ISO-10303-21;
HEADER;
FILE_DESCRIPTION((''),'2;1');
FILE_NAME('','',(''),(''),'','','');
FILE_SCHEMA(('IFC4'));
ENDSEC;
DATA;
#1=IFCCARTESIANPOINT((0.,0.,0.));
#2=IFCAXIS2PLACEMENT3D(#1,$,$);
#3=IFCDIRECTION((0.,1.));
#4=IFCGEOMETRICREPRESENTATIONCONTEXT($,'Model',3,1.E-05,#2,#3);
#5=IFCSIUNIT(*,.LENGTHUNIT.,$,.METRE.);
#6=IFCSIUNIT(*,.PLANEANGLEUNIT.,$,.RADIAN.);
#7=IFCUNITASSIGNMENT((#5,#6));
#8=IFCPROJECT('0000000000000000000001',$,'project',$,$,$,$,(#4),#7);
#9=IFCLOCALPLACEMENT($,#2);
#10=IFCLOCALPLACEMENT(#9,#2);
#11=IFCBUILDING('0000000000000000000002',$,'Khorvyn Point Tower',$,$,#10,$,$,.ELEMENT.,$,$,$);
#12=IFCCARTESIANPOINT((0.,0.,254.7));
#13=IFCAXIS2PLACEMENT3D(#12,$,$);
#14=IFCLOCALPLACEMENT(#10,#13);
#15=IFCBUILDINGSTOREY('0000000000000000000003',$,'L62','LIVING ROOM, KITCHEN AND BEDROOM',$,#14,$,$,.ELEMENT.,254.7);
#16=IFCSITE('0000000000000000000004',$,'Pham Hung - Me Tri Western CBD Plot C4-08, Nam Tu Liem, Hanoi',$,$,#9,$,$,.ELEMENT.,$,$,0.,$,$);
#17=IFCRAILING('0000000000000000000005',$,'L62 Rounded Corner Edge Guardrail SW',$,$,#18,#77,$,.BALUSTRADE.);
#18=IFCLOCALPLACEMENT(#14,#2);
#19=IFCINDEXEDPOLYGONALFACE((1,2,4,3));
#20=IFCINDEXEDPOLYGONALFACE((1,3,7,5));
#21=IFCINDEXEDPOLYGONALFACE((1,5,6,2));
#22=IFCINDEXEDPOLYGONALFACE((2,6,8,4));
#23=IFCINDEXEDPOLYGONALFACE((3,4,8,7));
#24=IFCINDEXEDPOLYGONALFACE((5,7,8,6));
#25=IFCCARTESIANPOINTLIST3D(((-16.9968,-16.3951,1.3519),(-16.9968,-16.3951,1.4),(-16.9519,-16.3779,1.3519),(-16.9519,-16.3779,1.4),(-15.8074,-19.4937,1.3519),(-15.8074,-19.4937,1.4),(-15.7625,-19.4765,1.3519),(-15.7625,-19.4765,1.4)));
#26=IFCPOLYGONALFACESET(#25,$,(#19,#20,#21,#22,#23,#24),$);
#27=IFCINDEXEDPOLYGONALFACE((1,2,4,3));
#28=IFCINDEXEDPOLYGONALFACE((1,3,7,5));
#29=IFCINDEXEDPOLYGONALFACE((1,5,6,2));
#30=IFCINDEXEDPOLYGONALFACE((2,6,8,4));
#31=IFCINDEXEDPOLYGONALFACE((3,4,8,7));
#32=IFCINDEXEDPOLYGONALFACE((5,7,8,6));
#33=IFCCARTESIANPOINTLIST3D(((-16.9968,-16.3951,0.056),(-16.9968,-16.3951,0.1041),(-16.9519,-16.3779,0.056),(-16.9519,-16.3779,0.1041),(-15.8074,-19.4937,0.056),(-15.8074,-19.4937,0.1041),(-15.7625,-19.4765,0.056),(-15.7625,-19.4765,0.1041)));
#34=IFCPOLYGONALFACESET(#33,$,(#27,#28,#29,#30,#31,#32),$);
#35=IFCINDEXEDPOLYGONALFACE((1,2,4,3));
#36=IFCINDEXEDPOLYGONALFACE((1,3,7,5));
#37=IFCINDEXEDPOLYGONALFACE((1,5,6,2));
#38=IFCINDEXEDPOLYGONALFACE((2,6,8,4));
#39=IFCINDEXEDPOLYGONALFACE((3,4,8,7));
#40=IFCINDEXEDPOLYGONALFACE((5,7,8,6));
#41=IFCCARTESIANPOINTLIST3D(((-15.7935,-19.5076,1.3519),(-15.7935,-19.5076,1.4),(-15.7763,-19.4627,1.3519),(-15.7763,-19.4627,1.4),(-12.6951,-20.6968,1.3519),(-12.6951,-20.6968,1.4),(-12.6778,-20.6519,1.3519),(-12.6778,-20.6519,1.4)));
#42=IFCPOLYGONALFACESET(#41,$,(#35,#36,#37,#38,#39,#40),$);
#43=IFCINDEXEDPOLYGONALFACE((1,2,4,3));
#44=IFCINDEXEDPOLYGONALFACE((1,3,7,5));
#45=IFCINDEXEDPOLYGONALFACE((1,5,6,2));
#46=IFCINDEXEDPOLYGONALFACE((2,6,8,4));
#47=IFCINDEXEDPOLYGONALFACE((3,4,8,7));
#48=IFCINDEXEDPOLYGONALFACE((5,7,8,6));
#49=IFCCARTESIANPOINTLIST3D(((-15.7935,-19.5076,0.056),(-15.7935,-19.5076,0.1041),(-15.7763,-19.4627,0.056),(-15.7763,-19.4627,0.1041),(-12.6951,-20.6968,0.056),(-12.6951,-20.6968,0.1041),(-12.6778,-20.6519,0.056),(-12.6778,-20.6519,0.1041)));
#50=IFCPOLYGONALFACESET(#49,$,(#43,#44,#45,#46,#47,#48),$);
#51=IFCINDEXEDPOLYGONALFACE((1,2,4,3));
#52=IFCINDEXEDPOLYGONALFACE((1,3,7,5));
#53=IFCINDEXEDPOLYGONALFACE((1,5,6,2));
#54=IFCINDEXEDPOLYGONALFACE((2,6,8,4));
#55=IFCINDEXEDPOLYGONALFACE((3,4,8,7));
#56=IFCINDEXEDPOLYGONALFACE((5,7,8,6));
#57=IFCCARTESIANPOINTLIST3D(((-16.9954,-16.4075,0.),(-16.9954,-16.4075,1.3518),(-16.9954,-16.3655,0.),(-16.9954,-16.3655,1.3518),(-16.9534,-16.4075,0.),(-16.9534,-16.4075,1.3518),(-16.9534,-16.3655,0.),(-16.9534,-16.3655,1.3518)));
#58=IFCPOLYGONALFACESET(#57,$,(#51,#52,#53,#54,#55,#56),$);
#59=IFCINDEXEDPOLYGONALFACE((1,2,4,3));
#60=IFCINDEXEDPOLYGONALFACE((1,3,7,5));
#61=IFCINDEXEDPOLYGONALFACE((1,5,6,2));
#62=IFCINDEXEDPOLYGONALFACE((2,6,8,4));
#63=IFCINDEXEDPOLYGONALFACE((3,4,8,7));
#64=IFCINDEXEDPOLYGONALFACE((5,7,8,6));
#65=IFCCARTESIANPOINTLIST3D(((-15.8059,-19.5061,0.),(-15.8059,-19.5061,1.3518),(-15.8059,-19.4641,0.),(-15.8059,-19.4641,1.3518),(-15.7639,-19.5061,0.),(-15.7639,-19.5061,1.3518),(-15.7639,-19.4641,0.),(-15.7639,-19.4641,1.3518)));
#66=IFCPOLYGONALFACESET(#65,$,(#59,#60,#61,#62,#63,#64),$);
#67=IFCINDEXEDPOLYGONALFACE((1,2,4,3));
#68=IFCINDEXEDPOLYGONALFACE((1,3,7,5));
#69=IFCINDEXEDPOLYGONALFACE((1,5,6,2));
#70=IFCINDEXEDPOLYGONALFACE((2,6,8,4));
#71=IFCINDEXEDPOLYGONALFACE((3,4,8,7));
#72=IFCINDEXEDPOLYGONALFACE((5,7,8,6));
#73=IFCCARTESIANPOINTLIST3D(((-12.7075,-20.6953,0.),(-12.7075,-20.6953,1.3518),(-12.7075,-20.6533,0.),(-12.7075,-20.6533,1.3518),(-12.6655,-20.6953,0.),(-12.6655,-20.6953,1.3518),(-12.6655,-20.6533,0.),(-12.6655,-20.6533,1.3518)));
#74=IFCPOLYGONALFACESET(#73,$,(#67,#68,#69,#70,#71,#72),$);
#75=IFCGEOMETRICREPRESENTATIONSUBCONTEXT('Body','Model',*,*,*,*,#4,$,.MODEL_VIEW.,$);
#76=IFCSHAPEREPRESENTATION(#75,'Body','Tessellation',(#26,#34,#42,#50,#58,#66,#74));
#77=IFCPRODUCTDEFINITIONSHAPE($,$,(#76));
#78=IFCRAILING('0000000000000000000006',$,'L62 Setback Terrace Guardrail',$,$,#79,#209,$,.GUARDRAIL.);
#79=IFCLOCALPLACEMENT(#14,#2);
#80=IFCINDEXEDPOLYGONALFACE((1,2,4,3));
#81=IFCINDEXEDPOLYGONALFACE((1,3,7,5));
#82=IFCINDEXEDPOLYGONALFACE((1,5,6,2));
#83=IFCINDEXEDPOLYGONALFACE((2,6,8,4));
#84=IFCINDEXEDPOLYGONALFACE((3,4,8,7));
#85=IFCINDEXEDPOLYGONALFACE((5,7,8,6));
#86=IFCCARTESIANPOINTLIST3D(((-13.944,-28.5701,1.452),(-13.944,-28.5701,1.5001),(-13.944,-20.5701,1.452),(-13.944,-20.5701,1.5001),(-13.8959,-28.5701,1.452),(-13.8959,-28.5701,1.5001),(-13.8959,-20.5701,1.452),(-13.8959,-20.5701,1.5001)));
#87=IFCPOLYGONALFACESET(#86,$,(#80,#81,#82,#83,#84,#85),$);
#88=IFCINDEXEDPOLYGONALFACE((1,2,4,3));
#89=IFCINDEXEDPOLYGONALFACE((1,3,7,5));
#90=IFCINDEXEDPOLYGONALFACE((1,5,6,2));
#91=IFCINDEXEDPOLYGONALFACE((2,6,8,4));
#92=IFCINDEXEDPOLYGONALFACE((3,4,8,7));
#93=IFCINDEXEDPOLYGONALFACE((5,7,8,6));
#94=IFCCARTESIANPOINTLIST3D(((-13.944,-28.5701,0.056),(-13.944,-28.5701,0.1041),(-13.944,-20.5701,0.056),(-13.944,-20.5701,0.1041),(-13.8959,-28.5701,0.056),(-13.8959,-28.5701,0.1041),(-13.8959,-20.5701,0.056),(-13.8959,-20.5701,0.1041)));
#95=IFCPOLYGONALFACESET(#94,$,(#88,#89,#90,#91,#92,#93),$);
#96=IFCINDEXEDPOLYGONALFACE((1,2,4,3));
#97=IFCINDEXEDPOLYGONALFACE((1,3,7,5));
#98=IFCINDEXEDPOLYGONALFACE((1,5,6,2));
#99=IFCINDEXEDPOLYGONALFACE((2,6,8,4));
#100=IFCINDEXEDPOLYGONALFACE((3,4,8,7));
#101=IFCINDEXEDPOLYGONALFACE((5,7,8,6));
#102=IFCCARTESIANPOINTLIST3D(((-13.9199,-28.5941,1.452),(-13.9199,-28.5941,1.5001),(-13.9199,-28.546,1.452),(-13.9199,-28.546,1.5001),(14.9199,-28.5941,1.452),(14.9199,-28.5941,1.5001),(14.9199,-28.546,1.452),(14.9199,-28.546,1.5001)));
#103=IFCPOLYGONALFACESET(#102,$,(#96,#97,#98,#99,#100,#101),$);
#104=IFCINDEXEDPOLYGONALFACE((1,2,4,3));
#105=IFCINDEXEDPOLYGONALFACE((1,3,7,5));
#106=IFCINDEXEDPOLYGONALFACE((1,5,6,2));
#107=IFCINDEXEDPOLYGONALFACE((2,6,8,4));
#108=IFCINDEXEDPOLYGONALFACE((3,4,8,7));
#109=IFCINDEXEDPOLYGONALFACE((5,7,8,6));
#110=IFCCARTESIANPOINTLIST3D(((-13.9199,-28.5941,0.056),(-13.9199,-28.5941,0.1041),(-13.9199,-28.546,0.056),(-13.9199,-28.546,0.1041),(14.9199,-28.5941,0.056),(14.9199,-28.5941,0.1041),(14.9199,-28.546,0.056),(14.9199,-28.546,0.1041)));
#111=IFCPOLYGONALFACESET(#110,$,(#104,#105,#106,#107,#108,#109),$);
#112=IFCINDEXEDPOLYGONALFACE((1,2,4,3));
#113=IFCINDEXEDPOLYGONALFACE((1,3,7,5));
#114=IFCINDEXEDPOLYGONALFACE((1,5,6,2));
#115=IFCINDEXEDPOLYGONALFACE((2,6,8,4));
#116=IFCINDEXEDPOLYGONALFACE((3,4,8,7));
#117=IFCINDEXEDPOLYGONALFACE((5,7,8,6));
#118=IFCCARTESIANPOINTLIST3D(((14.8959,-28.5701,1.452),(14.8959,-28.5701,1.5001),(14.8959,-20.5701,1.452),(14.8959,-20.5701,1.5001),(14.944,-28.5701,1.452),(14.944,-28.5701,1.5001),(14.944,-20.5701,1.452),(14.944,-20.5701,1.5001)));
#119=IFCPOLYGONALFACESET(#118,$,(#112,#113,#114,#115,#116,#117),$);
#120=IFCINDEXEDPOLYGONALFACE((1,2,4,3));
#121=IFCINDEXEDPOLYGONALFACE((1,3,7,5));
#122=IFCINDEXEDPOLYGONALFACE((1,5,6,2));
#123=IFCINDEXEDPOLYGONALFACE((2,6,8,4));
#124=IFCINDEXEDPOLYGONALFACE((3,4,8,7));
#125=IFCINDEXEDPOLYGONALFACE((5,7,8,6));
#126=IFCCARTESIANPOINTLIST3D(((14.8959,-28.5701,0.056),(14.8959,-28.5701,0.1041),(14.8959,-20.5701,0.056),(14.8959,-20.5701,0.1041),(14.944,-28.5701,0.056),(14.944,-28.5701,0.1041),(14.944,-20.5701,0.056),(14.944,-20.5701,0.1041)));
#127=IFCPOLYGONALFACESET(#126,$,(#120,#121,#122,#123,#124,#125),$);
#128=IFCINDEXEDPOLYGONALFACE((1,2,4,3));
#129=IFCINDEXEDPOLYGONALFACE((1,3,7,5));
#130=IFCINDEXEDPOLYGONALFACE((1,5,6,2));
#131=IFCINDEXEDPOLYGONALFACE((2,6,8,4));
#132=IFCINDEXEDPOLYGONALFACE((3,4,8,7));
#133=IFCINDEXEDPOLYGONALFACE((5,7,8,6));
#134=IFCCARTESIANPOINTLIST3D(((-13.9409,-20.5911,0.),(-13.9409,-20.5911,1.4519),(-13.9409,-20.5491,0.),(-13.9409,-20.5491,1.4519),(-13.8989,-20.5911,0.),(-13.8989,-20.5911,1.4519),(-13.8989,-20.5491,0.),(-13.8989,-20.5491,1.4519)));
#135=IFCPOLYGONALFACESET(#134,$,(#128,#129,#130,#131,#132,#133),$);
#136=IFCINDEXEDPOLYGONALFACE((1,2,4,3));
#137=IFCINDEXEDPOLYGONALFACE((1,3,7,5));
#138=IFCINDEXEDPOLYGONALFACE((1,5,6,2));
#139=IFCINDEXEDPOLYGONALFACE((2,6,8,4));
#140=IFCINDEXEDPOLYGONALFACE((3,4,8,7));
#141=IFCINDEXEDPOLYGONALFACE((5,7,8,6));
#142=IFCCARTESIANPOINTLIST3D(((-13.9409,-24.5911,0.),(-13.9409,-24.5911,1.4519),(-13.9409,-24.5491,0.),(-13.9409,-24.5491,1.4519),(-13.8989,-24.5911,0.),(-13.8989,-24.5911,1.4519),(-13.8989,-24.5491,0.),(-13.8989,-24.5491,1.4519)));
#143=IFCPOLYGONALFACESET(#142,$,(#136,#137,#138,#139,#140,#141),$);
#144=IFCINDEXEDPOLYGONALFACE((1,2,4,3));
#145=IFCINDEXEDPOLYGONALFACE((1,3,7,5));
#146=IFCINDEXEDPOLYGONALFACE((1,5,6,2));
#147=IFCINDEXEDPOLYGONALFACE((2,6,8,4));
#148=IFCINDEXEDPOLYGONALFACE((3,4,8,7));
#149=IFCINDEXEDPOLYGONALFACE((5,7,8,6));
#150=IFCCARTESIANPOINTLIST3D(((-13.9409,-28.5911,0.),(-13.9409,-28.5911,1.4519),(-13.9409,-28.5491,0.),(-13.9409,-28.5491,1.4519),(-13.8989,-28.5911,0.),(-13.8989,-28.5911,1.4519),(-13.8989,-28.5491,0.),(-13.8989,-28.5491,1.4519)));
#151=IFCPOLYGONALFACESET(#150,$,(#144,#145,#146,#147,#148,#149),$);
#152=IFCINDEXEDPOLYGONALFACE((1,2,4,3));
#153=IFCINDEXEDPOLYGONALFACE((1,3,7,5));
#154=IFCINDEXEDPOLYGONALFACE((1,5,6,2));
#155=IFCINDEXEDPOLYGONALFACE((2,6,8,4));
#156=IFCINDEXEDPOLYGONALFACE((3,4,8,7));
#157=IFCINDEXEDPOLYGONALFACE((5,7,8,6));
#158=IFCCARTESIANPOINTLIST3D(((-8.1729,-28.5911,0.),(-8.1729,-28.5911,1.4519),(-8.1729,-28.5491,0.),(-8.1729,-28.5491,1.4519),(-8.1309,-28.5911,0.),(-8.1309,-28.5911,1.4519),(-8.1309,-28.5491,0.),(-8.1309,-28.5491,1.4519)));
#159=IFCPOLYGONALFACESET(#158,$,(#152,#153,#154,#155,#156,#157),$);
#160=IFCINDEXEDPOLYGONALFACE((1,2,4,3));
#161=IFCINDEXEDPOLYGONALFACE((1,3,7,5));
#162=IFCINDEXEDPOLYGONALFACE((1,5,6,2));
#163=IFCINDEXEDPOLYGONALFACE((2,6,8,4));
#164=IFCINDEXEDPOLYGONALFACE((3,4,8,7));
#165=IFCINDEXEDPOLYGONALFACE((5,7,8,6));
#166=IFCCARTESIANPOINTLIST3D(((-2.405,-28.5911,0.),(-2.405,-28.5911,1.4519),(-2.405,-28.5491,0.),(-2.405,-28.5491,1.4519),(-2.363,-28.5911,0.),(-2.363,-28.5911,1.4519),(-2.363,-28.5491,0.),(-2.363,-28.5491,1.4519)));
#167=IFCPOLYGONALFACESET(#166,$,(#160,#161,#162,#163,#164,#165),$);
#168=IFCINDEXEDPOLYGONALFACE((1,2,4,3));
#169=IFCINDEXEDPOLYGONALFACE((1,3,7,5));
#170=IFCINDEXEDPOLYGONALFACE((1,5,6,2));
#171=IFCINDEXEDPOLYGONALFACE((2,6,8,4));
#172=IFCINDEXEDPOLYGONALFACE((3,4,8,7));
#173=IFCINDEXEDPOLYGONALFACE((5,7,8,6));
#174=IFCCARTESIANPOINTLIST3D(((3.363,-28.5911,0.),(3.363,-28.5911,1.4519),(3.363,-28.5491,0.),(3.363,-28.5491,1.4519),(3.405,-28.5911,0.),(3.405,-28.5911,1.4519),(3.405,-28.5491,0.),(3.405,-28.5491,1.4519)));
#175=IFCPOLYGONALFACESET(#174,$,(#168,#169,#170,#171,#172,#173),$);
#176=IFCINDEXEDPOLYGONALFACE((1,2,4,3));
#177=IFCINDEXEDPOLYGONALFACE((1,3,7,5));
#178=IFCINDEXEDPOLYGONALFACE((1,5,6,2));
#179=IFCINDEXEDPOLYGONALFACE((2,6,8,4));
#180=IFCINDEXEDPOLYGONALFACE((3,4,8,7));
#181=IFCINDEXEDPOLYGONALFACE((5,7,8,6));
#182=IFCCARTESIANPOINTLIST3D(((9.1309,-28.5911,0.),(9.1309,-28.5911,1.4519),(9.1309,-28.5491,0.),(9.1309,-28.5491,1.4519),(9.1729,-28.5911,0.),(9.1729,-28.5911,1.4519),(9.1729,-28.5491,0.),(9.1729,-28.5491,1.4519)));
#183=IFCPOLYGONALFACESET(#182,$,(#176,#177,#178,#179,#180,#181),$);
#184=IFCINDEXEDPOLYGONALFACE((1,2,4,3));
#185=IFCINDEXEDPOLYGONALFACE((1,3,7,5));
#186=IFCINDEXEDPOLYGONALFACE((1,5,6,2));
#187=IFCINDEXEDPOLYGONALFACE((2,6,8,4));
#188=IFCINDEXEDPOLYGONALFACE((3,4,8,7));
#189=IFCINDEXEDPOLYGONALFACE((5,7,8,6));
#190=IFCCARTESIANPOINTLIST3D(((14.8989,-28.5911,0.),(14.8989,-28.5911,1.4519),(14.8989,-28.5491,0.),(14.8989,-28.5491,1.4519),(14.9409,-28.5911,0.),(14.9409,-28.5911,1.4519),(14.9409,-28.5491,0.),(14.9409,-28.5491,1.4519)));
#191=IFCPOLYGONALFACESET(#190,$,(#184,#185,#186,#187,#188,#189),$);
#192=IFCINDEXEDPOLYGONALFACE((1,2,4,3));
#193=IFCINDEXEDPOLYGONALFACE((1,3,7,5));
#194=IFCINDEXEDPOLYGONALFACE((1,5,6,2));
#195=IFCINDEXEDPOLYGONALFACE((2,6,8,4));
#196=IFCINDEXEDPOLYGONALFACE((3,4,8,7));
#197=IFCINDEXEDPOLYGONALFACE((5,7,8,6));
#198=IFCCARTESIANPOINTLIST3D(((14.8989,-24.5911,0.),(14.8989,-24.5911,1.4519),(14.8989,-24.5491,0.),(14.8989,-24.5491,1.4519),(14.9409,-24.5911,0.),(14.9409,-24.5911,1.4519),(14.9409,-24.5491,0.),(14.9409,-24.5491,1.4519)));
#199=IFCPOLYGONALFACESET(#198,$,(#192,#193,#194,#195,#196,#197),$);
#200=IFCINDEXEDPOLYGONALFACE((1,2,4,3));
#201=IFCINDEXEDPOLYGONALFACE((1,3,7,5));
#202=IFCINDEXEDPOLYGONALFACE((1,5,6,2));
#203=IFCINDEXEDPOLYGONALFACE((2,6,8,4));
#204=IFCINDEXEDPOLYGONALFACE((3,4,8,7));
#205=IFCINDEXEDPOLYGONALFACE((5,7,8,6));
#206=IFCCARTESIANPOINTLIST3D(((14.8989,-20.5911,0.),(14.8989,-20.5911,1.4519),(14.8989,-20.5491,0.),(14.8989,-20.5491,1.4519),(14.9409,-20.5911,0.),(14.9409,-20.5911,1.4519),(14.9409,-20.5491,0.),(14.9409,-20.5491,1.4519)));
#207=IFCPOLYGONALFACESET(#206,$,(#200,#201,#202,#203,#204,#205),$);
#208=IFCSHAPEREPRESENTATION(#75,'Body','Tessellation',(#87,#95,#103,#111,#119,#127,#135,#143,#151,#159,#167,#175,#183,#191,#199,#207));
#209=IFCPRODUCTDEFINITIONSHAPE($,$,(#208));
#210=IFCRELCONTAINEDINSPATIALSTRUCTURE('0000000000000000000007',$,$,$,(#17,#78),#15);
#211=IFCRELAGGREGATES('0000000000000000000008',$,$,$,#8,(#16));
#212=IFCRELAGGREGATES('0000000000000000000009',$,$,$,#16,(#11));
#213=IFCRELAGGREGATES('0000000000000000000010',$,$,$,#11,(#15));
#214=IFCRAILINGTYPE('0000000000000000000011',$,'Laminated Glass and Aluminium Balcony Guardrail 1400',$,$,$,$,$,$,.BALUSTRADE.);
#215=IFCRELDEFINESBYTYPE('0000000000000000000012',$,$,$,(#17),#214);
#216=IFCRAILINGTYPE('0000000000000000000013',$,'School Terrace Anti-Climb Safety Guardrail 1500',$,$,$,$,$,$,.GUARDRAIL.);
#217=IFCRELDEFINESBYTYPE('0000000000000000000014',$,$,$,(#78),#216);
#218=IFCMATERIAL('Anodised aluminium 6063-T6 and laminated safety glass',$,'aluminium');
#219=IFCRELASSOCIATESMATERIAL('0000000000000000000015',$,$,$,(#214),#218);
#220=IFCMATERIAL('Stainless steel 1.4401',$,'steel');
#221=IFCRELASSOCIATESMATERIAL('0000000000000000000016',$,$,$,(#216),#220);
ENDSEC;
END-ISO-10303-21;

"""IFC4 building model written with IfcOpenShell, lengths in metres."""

from ifc_helpers import new_model, si_unit, direction, frame, origin, origin_2d, place, context, subcontext, project, spatial, rectangle, extrude, material, type_object, element, save


model = new_model("IFC4")

# Units and contexts
model_context = context("Model", 3, precision=1e-05, world=origin(), true_north=direction((0.0, 1.0)))
body_context = subcontext(model_context, "Body", "Model", "MODEL_VIEW")
ifc_project = project(units=[si_unit("LENGTHUNIT", "METRE"), si_unit("PLANEANGLEUNIT", "RADIAN")], contexts=[model_context])

# Site, building, storey
site_placement = place(None, origin())
site = spatial("IfcSite", under=ifc_project, at=site_placement, Name="Pham Hung - Me Tri Western CBD Plot C4-08, Nam Tu Liem, Hanoi", CompositionType="ELEMENT", RefElevation=0.0)
building_placement = place(site_placement, origin())
building = spatial("IfcBuilding", under=site, at=building_placement, Name="Khorvyn Point Tower", CompositionType="ELEMENT")
storey_placement = place(building_placement, frame((0.0, 0.0, 254.7)))
storey = spatial("IfcBuildingStorey", under=building, at=storey_placement, Name="L62", Description="LIVING ROOM, KITCHEN AND BEDROOM", CompositionType="ELEMENT", Elevation=254.7)

# Railings
ifc_material_1 = material(Name="Anodised aluminium 6063-T6 and laminated safety glass", Category="aluminium")
railing_type_1 = type_object("IfcRailingType", Name="Laminated Glass and Aluminium Balcony Guardrail 1400", PredefinedType="BALUSTRADE", material=ifc_material_1)
railing_1_placement = place(storey_placement, frame((-16.9744, -16.3865, 0.0)))
element("IfcRailing", 1, at=railing_1_placement, inside=storey, type_object=railing_type_1, Name="L62 Rounded Corner Edge Guardrail SW", PredefinedType="BALUSTRADE", context=body_context, shape_type="SweptSolid", body=[
    extrude(rectangle(XDim=0.0481, YDim=0.0481, at=origin_2d()), frame((0.0, 0.0, 1.376), z_axis=(0.358368, -0.93358, 0.0), x_axis=(0.93358, 0.358368, 0.0)), (0.0, 0.0, 1.0), 3.3191),
    extrude(rectangle(XDim=0.0481, YDim=0.0481, at=origin_2d()), frame((0.0, 0.0, 0.0801), z_axis=(0.358368, -0.93358, 0.0), x_axis=(0.93358, 0.358368, 0.0)), (0.0, 0.0, 1.0), 3.3191),
    extrude(rectangle(XDim=0.0481, YDim=0.0481, at=origin_2d()), frame((1.1895, -3.0986, 1.376), z_axis=(0.933596, -0.358328, 0.0), x_axis=(0.358328, 0.933596, 0.0)), (0.0, 0.0, 1.0), 3.3188),
    extrude(rectangle(XDim=0.0481, YDim=0.0481, at=origin_2d()), frame((1.1895, -3.0986, 0.0801), z_axis=(0.933596, -0.358328, 0.0), x_axis=(0.358328, 0.933596, 0.0)), (0.0, 0.0, 1.0), 3.3188),
    extrude(rectangle(XDim=0.042, YDim=0.042, at=origin_2d()), origin(), (0.0, 0.0, 1.0), 1.3518),
    extrude(rectangle(XDim=0.042, YDim=0.042, at=origin_2d()), frame((1.1895, -3.0986, 0.0)), (0.0, 0.0, 1.0), 1.3518),
    extrude(rectangle(XDim=0.042, YDim=0.042, at=origin_2d()), frame((4.2878, -4.2878, 0.0)), (0.0, 0.0, 1.0), 1.3518),
])
ifc_material_2 = material(Name="Stainless steel 1.4401", Category="steel")
railing_type_2 = type_object("IfcRailingType", Name="School Terrace Anti-Climb Safety Guardrail 1500", PredefinedType="GUARDRAIL", material=ifc_material_2)
railing_2_placement = place(storey_placement, frame((-13.9199, -20.5701, 0.0)))
element("IfcRailing", 2, at=railing_2_placement, inside=storey, type_object=railing_type_2, Name="L62 Setback Terrace Guardrail", PredefinedType="GUARDRAIL", context=body_context, shape_type="SweptSolid", body=[
    extrude(rectangle(XDim=0.0481, YDim=0.0481, at=origin_2d()), frame((0.0, 0.0, 1.4761), z_axis=(0.0, -1.0, 0.0), x_axis=(1.0, 0.0, 0.0)), (0.0, 0.0, 1.0), 8.0),
    extrude(rectangle(XDim=0.0481, YDim=0.0481, at=origin_2d()), frame((0.0, 0.0, 0.0801), z_axis=(0.0, -1.0, 0.0), x_axis=(1.0, 0.0, 0.0)), (0.0, 0.0, 1.0), 8.0),
    extrude(rectangle(XDim=0.0481, YDim=0.0481, at=origin_2d()), frame((0.0, -8.0, 1.4761), z_axis=(1.0, 0.0, 0.0), x_axis=(0.0, 1.0, 0.0)), (0.0, 0.0, 1.0), 28.8398),
    extrude(rectangle(XDim=0.0481, YDim=0.0481, at=origin_2d()), frame((0.0, -8.0, 0.0801), z_axis=(1.0, 0.0, 0.0), x_axis=(0.0, 1.0, 0.0)), (0.0, 0.0, 1.0), 28.8398),
    extrude(rectangle(XDim=0.0481, YDim=0.0481, at=origin_2d()), frame((28.8398, -8.0, 1.4761), z_axis=(0.0, 1.0, 0.0), x_axis=(-1.0, 0.0, 0.0)), (0.0, 0.0, 1.0), 8.0),
    extrude(rectangle(XDim=0.0481, YDim=0.0481, at=origin_2d()), frame((28.8398, -8.0, 0.0801), z_axis=(0.0, 1.0, 0.0), x_axis=(-1.0, 0.0, 0.0)), (0.0, 0.0, 1.0), 8.0),
    extrude(rectangle(XDim=0.042, YDim=0.042, at=origin_2d()), origin(), (0.0, 0.0, 1.0), 1.4519),
    extrude(rectangle(XDim=0.042, YDim=0.042, at=origin_2d()), frame((0.0, -4.0, 0.0)), (0.0, 0.0, 1.0), 1.4519),
    extrude(rectangle(XDim=0.042, YDim=0.042, at=origin_2d()), frame((0.0, -8.0, 0.0)), (0.0, 0.0, 1.0), 1.4519),
    extrude(rectangle(XDim=0.042, YDim=0.042, at=origin_2d()), frame((5.7681, -8.0, 0.0)), (0.0, 0.0, 1.0), 1.4519),
    extrude(rectangle(XDim=0.042, YDim=0.042, at=origin_2d()), frame((11.5359, -8.0, 0.0)), (0.0, 0.0, 1.0), 1.4519),
    extrude(rectangle(XDim=0.042, YDim=0.042, at=origin_2d()), frame((17.304, -8.0, 0.0)), (0.0, 0.0, 1.0), 1.4519),
    extrude(rectangle(XDim=0.042, YDim=0.042, at=origin_2d()), frame((23.0718, -8.0, 0.0)), (0.0, 0.0, 1.0), 1.4519),
    extrude(rectangle(XDim=0.042, YDim=0.042, at=origin_2d()), frame((28.8398, -8.0, 0.0)), (0.0, 0.0, 1.0), 1.4519),
    extrude(rectangle(XDim=0.042, YDim=0.042, at=origin_2d()), frame((28.8398, -4.0, 0.0)), (0.0, 0.0, 1.0), 1.4519),
    extrude(rectangle(XDim=0.042, YDim=0.042, at=origin_2d()), frame((28.8398, 0.0, 0.0)), (0.0, 0.0, 1.0), 1.4519),
])

save(model, "model.ifc")
